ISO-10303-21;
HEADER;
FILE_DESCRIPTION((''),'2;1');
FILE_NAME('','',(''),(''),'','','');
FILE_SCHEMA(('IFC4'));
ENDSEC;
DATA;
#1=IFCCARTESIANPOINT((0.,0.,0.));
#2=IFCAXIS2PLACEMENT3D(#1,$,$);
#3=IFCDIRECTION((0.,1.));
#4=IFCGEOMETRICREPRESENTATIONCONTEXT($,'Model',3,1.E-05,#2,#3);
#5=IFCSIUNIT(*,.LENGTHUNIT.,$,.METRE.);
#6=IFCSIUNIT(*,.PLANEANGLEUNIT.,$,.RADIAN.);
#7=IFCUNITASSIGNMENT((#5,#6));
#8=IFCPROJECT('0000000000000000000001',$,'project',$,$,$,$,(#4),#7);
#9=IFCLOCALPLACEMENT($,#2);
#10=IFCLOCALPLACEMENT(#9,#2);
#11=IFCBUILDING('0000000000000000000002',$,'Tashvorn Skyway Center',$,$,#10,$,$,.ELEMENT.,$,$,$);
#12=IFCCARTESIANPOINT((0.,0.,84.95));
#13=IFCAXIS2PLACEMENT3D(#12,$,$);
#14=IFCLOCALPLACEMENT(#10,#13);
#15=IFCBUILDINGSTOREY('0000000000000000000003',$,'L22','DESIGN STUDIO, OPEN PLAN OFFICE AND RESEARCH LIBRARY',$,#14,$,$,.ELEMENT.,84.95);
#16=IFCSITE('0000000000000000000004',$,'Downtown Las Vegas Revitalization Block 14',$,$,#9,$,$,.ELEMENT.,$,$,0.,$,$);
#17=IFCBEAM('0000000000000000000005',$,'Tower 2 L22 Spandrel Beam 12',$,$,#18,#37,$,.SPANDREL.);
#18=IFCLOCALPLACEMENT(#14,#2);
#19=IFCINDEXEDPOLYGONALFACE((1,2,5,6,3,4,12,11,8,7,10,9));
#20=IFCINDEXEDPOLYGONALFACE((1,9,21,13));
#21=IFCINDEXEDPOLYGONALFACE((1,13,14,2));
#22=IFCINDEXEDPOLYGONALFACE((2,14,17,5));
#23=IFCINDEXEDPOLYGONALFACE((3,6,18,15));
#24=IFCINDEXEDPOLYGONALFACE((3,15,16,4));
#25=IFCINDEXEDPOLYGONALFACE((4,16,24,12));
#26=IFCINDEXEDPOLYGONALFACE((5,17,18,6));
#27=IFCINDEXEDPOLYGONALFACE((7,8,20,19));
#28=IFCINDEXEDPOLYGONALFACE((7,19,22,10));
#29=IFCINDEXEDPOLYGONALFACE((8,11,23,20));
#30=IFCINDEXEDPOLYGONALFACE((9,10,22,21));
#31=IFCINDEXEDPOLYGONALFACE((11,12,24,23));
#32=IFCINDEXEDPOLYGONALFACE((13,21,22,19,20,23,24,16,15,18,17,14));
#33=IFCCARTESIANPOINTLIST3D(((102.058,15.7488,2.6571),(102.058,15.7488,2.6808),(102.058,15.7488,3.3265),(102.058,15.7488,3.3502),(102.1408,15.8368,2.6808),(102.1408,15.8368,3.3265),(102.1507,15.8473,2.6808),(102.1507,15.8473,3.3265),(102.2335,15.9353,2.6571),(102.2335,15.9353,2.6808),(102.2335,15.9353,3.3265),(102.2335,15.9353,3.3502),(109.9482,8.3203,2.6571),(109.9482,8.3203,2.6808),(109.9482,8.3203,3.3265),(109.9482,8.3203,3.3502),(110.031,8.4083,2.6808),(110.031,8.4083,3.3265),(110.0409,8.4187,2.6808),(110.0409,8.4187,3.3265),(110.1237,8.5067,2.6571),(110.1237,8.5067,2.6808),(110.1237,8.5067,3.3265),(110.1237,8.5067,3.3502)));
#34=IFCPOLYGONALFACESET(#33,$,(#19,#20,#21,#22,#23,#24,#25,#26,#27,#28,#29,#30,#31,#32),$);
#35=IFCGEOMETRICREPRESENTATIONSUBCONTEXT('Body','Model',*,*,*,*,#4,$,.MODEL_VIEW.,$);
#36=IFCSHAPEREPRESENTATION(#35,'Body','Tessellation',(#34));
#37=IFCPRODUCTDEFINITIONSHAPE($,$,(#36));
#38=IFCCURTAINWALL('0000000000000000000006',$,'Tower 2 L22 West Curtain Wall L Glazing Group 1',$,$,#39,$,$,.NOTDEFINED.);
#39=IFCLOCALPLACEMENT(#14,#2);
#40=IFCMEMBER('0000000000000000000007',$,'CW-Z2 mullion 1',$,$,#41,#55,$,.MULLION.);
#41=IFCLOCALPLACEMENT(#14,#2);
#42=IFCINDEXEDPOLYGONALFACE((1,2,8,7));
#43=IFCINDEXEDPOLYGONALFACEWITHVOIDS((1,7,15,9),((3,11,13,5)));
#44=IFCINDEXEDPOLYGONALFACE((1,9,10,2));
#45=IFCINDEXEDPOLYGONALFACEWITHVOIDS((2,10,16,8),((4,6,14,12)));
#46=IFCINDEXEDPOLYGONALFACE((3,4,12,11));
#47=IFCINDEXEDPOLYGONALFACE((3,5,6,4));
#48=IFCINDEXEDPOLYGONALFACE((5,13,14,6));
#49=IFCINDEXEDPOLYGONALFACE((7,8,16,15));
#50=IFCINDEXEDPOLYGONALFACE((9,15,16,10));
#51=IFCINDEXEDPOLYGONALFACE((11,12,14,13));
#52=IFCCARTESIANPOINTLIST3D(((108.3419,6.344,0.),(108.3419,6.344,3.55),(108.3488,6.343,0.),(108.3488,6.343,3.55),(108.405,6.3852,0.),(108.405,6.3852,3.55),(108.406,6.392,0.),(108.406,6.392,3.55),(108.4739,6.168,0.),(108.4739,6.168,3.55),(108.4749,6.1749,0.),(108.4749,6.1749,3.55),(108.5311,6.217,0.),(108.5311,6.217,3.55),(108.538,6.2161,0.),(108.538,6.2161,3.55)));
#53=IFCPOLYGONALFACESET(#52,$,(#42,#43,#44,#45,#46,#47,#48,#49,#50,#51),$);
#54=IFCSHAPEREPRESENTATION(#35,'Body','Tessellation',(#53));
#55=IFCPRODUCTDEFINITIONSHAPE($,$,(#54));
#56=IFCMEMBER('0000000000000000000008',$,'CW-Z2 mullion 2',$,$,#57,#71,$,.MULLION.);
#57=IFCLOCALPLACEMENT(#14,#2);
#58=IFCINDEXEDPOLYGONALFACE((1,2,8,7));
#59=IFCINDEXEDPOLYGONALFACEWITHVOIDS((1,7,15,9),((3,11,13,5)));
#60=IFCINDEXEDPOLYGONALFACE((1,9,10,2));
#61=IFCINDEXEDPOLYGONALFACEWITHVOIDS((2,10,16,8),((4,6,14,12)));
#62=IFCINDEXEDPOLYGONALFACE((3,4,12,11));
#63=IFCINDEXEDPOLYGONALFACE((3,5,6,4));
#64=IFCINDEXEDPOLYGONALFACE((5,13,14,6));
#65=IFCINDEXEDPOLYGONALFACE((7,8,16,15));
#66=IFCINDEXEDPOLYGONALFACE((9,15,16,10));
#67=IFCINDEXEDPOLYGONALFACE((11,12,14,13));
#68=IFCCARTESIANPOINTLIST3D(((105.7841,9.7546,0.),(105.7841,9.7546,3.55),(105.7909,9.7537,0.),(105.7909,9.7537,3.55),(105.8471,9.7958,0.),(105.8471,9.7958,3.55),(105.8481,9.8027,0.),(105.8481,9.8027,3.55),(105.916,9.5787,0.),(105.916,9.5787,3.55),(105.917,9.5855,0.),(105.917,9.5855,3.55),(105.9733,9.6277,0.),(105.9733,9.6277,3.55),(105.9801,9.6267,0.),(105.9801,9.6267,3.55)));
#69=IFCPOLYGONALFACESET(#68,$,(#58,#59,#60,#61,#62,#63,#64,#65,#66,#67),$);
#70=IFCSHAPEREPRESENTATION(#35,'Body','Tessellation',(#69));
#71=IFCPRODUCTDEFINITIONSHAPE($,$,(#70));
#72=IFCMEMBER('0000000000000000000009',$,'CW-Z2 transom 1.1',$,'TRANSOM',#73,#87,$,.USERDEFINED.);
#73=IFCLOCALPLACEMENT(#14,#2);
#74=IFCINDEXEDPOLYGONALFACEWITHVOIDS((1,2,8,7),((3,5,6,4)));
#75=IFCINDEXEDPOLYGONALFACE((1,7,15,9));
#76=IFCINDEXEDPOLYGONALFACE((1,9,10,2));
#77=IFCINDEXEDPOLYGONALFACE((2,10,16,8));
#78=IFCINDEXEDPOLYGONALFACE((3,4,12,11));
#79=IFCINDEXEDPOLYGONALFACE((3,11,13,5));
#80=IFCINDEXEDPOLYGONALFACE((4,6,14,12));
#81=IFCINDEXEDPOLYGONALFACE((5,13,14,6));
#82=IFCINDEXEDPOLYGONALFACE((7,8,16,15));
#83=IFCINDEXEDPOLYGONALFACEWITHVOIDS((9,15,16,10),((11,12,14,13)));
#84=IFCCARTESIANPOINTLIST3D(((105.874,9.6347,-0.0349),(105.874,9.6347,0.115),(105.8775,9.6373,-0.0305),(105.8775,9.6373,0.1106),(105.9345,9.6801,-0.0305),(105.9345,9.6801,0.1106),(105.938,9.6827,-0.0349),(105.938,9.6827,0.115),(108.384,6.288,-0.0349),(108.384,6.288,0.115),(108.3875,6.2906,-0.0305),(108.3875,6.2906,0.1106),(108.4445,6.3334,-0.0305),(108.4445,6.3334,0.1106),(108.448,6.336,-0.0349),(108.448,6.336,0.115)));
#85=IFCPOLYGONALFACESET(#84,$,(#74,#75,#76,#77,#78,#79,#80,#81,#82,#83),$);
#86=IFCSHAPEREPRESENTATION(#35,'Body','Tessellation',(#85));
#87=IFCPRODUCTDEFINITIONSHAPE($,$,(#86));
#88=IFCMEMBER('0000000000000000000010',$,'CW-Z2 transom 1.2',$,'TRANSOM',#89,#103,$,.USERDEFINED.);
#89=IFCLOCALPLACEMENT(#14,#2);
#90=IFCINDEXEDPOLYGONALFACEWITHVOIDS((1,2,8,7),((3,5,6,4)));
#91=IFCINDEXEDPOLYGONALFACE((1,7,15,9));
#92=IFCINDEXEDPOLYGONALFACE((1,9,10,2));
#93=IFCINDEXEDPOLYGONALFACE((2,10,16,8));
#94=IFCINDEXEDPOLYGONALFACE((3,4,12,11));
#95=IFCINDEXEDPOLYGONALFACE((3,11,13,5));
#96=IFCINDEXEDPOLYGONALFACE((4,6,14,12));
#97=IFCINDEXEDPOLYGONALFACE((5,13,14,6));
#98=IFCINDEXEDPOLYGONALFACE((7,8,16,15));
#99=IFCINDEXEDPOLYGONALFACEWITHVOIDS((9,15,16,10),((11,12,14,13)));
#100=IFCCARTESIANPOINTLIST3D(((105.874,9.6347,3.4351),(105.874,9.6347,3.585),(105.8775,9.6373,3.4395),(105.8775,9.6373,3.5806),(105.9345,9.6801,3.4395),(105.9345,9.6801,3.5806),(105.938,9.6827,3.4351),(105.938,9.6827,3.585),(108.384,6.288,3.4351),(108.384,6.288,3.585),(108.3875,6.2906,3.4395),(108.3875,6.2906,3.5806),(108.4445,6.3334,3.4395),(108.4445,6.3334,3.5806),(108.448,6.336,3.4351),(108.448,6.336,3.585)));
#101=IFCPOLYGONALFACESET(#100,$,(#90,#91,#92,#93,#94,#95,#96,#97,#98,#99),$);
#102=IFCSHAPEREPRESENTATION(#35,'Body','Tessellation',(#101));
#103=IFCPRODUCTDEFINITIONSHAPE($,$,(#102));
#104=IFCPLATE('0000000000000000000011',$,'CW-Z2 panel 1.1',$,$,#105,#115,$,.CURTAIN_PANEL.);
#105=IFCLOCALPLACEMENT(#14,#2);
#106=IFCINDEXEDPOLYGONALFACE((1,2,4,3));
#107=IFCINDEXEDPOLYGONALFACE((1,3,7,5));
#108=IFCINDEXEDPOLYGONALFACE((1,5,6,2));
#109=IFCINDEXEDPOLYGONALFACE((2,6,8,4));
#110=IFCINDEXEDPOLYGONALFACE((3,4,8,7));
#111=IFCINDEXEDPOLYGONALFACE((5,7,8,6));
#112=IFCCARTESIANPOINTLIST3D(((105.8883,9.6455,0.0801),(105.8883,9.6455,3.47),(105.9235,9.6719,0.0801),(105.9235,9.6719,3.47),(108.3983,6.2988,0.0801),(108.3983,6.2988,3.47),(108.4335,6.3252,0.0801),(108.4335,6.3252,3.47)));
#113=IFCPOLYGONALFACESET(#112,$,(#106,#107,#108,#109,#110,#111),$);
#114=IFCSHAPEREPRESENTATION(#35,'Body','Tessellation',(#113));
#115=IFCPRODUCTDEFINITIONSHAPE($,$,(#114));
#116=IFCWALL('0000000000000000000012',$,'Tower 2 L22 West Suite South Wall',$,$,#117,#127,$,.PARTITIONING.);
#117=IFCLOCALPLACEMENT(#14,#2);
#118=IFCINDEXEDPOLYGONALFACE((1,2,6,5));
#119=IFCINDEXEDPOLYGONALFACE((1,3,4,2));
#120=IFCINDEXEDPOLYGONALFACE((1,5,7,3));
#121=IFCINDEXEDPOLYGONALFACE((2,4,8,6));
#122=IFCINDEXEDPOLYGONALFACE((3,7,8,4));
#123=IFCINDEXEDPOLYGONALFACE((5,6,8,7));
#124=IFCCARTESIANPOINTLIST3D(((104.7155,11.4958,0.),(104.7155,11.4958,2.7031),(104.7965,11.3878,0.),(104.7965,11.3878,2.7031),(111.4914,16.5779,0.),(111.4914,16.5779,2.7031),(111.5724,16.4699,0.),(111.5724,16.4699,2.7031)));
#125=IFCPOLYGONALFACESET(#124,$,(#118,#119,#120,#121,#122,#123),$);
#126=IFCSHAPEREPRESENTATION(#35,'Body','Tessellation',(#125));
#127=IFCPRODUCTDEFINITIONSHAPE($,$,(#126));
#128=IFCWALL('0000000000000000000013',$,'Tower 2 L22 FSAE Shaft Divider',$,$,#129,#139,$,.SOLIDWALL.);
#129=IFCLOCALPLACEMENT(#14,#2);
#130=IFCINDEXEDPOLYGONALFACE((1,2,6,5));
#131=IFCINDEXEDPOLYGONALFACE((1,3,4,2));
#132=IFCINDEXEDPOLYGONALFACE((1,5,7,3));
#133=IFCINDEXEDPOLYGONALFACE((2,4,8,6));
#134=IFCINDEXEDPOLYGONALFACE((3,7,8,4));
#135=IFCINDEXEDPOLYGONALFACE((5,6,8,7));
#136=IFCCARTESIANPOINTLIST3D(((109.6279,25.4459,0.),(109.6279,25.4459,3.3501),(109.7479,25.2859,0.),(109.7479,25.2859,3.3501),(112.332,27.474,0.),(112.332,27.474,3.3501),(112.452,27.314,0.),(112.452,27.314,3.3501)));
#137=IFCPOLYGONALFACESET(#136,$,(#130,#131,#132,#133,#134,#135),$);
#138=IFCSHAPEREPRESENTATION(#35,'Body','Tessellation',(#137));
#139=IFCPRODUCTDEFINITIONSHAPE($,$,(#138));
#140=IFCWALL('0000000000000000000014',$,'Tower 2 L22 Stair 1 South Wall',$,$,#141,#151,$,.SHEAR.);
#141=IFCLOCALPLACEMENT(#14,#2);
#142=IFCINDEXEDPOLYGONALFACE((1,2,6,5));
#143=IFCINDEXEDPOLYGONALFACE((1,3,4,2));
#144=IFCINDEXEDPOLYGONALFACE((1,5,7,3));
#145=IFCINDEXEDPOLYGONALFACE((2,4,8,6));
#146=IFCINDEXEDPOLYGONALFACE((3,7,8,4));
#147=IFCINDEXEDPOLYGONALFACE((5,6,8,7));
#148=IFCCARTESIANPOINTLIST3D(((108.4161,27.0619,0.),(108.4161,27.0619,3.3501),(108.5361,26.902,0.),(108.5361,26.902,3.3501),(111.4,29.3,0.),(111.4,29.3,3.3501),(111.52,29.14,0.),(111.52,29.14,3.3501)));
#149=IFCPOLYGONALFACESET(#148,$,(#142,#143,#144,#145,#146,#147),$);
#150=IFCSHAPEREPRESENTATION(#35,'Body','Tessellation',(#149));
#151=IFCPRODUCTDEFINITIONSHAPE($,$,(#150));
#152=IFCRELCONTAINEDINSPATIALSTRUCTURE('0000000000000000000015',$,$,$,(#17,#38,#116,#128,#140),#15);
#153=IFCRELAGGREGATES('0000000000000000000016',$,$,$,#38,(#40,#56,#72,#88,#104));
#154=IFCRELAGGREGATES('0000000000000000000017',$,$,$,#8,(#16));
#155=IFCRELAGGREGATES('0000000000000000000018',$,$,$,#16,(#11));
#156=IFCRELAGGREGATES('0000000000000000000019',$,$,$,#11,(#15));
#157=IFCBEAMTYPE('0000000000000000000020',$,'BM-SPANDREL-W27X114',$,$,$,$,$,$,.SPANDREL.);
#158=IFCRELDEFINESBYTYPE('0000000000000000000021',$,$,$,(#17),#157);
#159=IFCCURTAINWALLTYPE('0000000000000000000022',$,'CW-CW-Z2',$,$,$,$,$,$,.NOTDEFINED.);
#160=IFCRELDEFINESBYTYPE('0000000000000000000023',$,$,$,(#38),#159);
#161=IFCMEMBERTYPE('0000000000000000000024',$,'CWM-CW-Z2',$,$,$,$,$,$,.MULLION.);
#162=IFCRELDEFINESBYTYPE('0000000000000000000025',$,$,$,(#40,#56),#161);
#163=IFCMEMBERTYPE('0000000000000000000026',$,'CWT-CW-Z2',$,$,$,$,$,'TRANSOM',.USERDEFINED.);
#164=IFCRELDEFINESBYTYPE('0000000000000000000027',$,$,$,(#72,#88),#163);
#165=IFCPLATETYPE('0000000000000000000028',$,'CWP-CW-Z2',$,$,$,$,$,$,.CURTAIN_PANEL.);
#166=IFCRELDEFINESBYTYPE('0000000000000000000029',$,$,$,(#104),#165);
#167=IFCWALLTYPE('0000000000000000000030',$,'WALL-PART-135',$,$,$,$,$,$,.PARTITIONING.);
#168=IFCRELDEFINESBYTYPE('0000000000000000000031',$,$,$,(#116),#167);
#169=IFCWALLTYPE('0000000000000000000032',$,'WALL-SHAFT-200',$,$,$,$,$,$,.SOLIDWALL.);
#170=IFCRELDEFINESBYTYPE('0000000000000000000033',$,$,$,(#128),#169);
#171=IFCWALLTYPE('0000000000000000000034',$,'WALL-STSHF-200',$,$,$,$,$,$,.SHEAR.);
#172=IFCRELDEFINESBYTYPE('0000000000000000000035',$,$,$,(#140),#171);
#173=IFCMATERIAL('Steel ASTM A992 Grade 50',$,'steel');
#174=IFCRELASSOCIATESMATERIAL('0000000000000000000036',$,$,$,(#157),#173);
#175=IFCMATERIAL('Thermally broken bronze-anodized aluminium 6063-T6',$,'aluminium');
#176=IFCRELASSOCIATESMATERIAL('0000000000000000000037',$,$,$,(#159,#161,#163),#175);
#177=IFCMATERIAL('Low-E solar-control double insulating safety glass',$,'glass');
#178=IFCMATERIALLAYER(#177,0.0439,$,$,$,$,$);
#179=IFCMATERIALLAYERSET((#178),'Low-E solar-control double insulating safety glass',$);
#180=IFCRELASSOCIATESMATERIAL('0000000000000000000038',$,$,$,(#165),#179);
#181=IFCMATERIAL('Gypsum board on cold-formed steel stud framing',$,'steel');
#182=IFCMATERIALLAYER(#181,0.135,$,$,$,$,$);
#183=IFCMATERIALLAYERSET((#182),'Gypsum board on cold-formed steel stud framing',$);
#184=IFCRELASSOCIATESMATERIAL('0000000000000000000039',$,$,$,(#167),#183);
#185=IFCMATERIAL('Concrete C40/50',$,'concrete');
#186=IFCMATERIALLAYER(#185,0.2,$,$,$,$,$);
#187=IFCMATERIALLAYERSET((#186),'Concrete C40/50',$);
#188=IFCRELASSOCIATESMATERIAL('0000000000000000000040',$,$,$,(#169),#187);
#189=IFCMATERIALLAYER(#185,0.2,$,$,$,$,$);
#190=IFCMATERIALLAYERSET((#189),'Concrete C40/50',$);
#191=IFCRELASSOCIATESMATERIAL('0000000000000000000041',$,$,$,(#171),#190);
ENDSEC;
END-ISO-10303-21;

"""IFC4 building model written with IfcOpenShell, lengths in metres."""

from ifc_helpers import new_model, si_unit, direction, frame, frame_2d, origin, origin_2d, place, context, subcontext, project, spatial, rectangle, hollow_rectangle, i_section, extrude, material, layer, layer_set, material_profile, profile_set, type_object, element, aggregate, save


model = new_model("IFC4")

# Units and contexts
model_context = context("Model", 3, precision=1e-05, world=origin(), true_north=direction((0.0, 1.0)))
body_context = subcontext(model_context, "Body", "Model", "MODEL_VIEW")
ifc_project = project(units=[si_unit("LENGTHUNIT", "METRE"), si_unit("PLANEANGLEUNIT", "RADIAN")], contexts=[model_context])

# Site, building, storey
site_placement = place(None, origin())
site = spatial("IfcSite", under=ifc_project, at=site_placement, Name="Downtown Las Vegas Revitalization Block 14", CompositionType="ELEMENT", RefElevation=0.0)
building_placement = place(site_placement, origin())
building = spatial("IfcBuilding", under=site, at=building_placement, Name="Tashvorn Skyway Center", CompositionType="ELEMENT")
storey_placement = place(building_placement, frame((0.0, 0.0, 84.95)))
storey = spatial("IfcBuildingStorey", under=building, at=storey_placement, Name="L22", Description="DESIGN STUDIO, OPEN PLAN OFFICE AND RESEARCH LIBRARY", CompositionType="ELEMENT", Elevation=84.95)

# Beam
ifc_material_1 = material(Name="Steel ASTM A992 Grade 50", Category="steel")
ifc_material_profile_1 = material_profile(ifc_material_1, i_section(OverallWidth=0.2561, OverallDepth=0.6931, WebThickness=0.0144, FlangeThickness=0.0237, at=origin_2d()), Name="W27X114")
ifc_profile_set_1 = profile_set([ifc_material_profile_1], Name="Steel ASTM A992 Grade 50")
beam_type_1 = type_object("IfcBeamType", Name="BM-SPANDREL-W27X114", PredefinedType="SPANDREL", material=ifc_profile_set_1)
beam_1_placement = place(storey_placement, frame((102.1458, 15.842, 3.0037), z_axis=(0.728087, -0.685485, 0.0), x_axis=(0.685485, 0.728087, 0.0)))
element("IfcBeam", 1, at=beam_1_placement, inside=storey, type_object=beam_type_1, Name="Tower 2 L22 Spandrel Beam 12", PredefinedType="SPANDREL", context=body_context, shape_type="SweptSolid", body=[
    extrude(i_section(OverallWidth=0.2561, OverallDepth=0.6931, WebThickness=0.0144, FlangeThickness=0.0237, at=origin_2d()), origin(), (0.0, 0.0, 1.0), 10.8369),
])

# Curtain wall, members, plate
ifc_material_2 = material(Name="Thermally broken bronze-anodized aluminium 6063-T6", Category="aluminium")
curtain_wall_type = type_object("IfcCurtainWallType", Name="CW-CW-Z2", PredefinedType="NOTDEFINED", material=ifc_material_2)
curtain_wall_placement = place(storey_placement, origin())
curtain_wall = element("IfcCurtainWall", 2, at=curtain_wall_placement, inside=storey, type_object=curtain_wall_type, Name="Tower 2 L22 West Curtain Wall L Glazing Group 1", PredefinedType="NOTDEFINED")
ifc_material_profile_2 = material_profile(ifc_material_2, hollow_rectangle(XDim=0.0801, YDim=0.22, WallThickness=0.0049, at=origin_2d()), Name="ALU-MULL-80x220")
ifc_profile_set_2 = profile_set([ifc_material_profile_2], Name="Thermally broken bronze-anodized aluminium 6063-T6")
member_type_1 = type_object("IfcMemberType", Name="CWM-CW-Z2", PredefinedType="MULLION", material=ifc_profile_set_2)
member_1_placement = place(storey_placement, frame((108.4399, 6.28, 0.0), z_axis=(0.0, 0.0, 1.0), x_axis=(-0.800003, -0.599996, 0.0)))
member_1 = element("IfcMember", 3, at=member_1_placement, type_object=member_type_1, Name="CW-Z2 mullion 1", PredefinedType="MULLION", context=body_context, shape_type="SweptSolid", body=[
    extrude(hollow_rectangle(XDim=0.0801, YDim=0.22, WallThickness=0.0049, at=origin_2d()), origin(), (0.0, 0.0, 1.0), 3.55),
])
member_2_placement = place(storey_placement, frame((105.8821, 9.6907, 0.0), z_axis=(0.0, 0.0, 1.0), x_axis=(-0.800003, -0.599996, 0.0)))
member_2 = element("IfcMember", 4, at=member_2_placement, type_object=member_type_1, Name="CW-Z2 mullion 2", PredefinedType="MULLION", context=body_context, shape_type="SweptSolid", body=[
    extrude(hollow_rectangle(XDim=0.0801, YDim=0.22, WallThickness=0.0049, at=origin_2d()), origin(), (0.0, 0.0, 1.0), 3.55),
])
ifc_material_profile_3 = material_profile(ifc_material_2, hollow_rectangle(XDim=0.0801, YDim=0.1499, WallThickness=0.0044, at=origin_2d()), Name="ALU-TRAN-80x150")
ifc_profile_set_3 = profile_set([ifc_material_profile_3], Name="Thermally broken bronze-anodized aluminium 6063-T6")
member_type_2 = type_object("IfcMemberType", Name="CWT-CW-Z2", ElementType="TRANSOM", PredefinedType="USERDEFINED", material=ifc_profile_set_3)
member_3_placement = place(storey_placement, frame((108.416, 6.312, 0.04), z_axis=(-0.6, 0.8, 0.0), x_axis=(-0.8, -0.6, 0.0)))
member_3 = element("IfcMember", 5, at=member_3_placement, type_object=member_type_2, Name="CW-Z2 transom 1.1", ObjectType="TRANSOM", PredefinedType="USERDEFINED", context=body_context, shape_type="SweptSolid", body=[
    extrude(hollow_rectangle(XDim=0.0801, YDim=0.1499, WallThickness=0.0044, at=origin_2d()), origin(), (0.0, 0.0, 1.0), 4.1833),
])
member_4_placement = place(storey_placement, frame((108.416, 6.312, 3.51), z_axis=(-0.6, 0.8, 0.0), x_axis=(-0.8, -0.6, 0.0)))
member_4 = element("IfcMember", 6, at=member_4_placement, type_object=member_type_2, Name="CW-Z2 transom 1.2", ObjectType="TRANSOM", PredefinedType="USERDEFINED", context=body_context, shape_type="SweptSolid", body=[
    extrude(hollow_rectangle(XDim=0.0801, YDim=0.1499, WallThickness=0.0044, at=origin_2d()), origin(), (0.0, 0.0, 1.0), 4.1833),
])
ifc_material_3 = material(Name="Low-E solar-control double insulating safety glass", Category="glass")
ifc_layer_1 = layer(ifc_material_3, 0.0439)
ifc_layer_set_1 = layer_set([ifc_layer_1], Name="Low-E solar-control double insulating safety glass")
plate_type = type_object("IfcPlateType", Name="CWP-CW-Z2", PredefinedType="CURTAIN_PANEL", material=ifc_layer_set_1)
plate_placement = place(storey_placement, frame((107.1609, 7.9854, 0.0801), z_axis=(0.0, 0.0, 1.0), x_axis=(-0.599996, 0.800003, 0.0)))
plate = element("IfcPlate", 7, at=plate_placement, type_object=plate_type, Name="CW-Z2 panel 1.1", PredefinedType="CURTAIN_PANEL", context=body_context, shape_type="SweptSolid", body=[
    extrude(rectangle(XDim=4.1833, YDim=0.0439, at=origin_2d()), origin(), (0.0, 0.0, 1.0), 3.3899),
])
aggregate(curtain_wall, [member_1, member_2, member_3, member_4, plate])

# Walls
ifc_material_4 = material(Name="Gypsum board on cold-formed steel stud framing", Category="steel")
ifc_layer_2 = layer(ifc_material_4, 0.135)
ifc_layer_set_2 = layer_set([ifc_layer_2], Name="Gypsum board on cold-formed steel stud framing")
wall_type_1 = type_object("IfcWallType", Name="WALL-PART-135", PredefinedType="PARTITIONING", material=ifc_layer_set_2)
wall_1_placement = place(storey_placement, frame((104.7561, 11.4419, 0.0), z_axis=(0.0, 0.0, 1.0), x_axis=(0.799993, 0.600009, 0.0)))
element("IfcWall", 8, at=wall_1_placement, inside=storey, type_object=wall_type_1, Name="Tower 2 L22 West Suite South Wall", PredefinedType="PARTITIONING", context=body_context, shape_type="SweptSolid", body=[
    extrude(rectangle(XDim=8.47, YDim=0.135, at=frame_2d((4.2349, 0.0))), origin(), (0.0, 0.0, 1.0), 2.7031),
])
ifc_material_5 = material(Name="Concrete C40/50", Category="concrete")
ifc_layer_3 = layer(ifc_material_5, 0.2)
ifc_layer_set_3 = layer_set([ifc_layer_3], Name="Concrete C40/50")
wall_type_2 = type_object("IfcWallType", Name="WALL-SHAFT-200", PredefinedType="SOLIDWALL", material=ifc_layer_set_3)
wall_2_placement = place(storey_placement, frame((109.688, 25.366, 0.0), z_axis=(0.0, 0.0, 1.0), x_axis=(0.8, 0.6, 0.0)))
element("IfcWall", 9, at=wall_2_placement, inside=storey, type_object=wall_type_2, Name="Tower 2 L22 FSAE Shaft Divider", PredefinedType="SOLIDWALL", context=body_context, shape_type="SweptSolid", body=[
    extrude(rectangle(XDim=3.3801, YDim=0.2, at=frame_2d((1.6899, 0.0))), origin(), (0.0, 0.0, 1.0), 3.3501),
])
ifc_layer_4 = layer(ifc_material_5, 0.2)
ifc_layer_set_4 = layer_set([ifc_layer_4], Name="Concrete C40/50")
wall_type_3 = type_object("IfcWallType", Name="WALL-STSHF-200", PredefinedType="SHEAR", material=ifc_layer_set_4)
wall_3_placement = place(storey_placement, frame((108.4761, 26.9819, 0.0), z_axis=(0.0, 0.0, 1.0), x_axis=(0.799984, 0.600021, 0.0)))
element("IfcWall", 10, at=wall_3_placement, inside=storey, type_object=wall_type_3, Name="Tower 2 L22 Stair 1 South Wall", PredefinedType="SHEAR", context=body_context, shape_type="SweptSolid", body=[
    extrude(rectangle(XDim=3.73, YDim=0.2, at=frame_2d((1.865, 0.0))), origin(), (0.0, 0.0, 1.0), 3.3501),
])

save(model, "model.ifc")
